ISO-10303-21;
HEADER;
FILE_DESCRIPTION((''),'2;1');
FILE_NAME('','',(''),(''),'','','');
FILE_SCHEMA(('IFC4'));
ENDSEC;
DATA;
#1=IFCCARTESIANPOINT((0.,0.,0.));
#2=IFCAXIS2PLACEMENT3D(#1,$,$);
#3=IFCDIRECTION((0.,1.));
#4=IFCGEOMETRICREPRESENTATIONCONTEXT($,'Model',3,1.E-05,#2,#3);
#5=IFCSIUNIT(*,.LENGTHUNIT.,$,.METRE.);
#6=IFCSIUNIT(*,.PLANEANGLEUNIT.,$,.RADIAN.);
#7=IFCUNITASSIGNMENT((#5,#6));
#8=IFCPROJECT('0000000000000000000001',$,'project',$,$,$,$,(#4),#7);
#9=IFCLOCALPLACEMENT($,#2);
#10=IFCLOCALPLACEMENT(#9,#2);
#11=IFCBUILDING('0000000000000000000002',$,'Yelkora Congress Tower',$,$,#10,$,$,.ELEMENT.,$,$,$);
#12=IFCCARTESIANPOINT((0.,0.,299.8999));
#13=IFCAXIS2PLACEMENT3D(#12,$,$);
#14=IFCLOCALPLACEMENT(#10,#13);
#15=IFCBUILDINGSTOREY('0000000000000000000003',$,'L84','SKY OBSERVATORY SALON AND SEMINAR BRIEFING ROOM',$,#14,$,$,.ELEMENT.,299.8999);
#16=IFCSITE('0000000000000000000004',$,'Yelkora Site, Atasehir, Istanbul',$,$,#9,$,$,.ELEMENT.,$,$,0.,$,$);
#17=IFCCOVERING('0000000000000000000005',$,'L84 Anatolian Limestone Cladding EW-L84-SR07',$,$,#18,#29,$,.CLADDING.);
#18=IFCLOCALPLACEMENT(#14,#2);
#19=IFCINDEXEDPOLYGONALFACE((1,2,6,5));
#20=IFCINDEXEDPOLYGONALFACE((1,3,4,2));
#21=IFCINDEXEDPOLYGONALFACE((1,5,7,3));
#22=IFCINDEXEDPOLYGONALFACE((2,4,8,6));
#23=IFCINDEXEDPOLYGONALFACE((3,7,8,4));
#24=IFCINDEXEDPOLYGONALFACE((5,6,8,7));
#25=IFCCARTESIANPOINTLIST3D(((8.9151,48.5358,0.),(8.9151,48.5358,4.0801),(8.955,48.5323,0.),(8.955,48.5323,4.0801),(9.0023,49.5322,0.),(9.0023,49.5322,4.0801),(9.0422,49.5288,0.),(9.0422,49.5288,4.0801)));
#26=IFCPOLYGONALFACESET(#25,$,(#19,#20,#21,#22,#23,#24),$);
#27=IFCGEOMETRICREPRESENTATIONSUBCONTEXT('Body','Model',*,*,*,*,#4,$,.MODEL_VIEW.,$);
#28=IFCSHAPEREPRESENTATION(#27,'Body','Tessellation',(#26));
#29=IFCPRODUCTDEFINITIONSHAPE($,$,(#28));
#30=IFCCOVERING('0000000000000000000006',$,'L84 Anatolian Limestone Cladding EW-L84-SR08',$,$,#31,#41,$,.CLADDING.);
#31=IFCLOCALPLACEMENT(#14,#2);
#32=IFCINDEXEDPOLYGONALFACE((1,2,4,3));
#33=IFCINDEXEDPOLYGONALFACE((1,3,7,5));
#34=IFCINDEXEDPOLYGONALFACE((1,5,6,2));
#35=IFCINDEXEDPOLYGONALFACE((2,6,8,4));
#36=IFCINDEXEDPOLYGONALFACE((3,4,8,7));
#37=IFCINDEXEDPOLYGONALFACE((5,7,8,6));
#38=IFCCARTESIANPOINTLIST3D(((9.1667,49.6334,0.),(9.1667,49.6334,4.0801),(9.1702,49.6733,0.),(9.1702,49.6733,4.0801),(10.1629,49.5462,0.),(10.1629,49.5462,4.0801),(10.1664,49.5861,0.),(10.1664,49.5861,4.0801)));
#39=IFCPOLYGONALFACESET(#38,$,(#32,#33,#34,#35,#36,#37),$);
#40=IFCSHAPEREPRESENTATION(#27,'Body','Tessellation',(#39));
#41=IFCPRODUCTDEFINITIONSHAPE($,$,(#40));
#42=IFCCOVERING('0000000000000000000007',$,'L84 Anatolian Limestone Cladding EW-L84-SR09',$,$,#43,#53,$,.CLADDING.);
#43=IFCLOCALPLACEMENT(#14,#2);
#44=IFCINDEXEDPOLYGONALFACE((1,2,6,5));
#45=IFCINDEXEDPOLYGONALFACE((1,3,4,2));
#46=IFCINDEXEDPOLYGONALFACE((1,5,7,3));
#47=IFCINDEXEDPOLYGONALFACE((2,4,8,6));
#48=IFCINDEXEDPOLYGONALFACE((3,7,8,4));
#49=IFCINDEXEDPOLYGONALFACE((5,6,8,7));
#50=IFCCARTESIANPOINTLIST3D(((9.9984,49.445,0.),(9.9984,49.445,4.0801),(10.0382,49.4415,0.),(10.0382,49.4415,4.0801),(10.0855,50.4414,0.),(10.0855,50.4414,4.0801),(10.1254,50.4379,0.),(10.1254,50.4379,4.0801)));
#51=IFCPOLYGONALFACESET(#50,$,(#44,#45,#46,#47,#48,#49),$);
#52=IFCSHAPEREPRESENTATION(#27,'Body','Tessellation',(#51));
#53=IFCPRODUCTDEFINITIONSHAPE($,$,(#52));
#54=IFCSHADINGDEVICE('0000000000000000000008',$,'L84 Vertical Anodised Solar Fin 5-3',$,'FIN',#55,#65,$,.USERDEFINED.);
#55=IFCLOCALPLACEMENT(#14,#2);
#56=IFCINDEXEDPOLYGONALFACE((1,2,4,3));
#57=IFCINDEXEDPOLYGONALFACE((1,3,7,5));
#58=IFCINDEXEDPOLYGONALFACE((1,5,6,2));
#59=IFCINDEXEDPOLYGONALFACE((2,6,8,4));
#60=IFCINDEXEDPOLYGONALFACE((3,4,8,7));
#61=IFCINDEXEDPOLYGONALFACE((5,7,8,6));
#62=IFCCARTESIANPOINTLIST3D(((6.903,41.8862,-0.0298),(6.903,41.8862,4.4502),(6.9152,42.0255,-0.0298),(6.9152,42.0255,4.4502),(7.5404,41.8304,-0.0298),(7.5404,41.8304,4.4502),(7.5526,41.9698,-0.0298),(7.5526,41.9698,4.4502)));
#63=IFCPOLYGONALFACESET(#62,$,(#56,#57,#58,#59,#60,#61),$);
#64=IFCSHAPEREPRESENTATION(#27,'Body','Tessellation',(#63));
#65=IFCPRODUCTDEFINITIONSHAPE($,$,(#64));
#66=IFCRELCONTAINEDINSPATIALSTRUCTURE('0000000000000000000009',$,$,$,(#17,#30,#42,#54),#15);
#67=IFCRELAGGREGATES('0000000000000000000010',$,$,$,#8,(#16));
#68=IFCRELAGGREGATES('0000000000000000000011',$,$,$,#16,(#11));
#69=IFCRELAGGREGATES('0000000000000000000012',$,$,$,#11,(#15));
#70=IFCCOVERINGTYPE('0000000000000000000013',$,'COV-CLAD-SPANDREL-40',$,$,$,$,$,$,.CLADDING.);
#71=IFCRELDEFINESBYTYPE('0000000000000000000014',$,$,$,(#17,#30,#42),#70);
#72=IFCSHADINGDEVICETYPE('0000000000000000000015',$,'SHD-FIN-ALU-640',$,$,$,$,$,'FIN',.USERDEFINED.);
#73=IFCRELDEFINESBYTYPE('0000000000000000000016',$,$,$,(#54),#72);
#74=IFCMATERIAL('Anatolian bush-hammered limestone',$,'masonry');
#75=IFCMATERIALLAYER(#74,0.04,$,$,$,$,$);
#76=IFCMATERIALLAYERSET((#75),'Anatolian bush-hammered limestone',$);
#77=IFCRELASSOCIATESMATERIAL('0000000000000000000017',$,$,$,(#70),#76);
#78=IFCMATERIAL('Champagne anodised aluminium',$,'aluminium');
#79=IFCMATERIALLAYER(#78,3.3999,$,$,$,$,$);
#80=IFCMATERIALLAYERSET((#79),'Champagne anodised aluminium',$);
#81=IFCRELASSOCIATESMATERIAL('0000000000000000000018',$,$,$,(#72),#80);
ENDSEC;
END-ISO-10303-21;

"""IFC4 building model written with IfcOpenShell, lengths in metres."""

from ifc_helpers import new_model, si_unit, direction, frame, frame_2d, origin, origin_2d, place, context, subcontext, project, spatial, rectangle, extrude, material, layer, layer_set, type_object, element, save


model = new_model("IFC4")

# Units and contexts
model_context = context("Model", 3, precision=1e-05, world=origin(), true_north=direction((0.0, 1.0)))
body_context = subcontext(model_context, "Body", "Model", "MODEL_VIEW")
ifc_project = project(units=[si_unit("LENGTHUNIT", "METRE"), si_unit("PLANEANGLEUNIT", "RADIAN")], contexts=[model_context])

# Site, building, storey
site_placement = place(None, origin())
site = spatial("IfcSite", under=ifc_project, at=site_placement, Name="Yelkora Site, Atasehir, Istanbul", CompositionType="ELEMENT", RefElevation=0.0)
building_placement = place(site_placement, origin())
building = spatial("IfcBuilding", under=site, at=building_placement, Name="Yelkora Congress Tower", CompositionType="ELEMENT")
storey_placement = place(building_placement, frame((0.0, 0.0, 299.8999)))
storey = spatial("IfcBuildingStorey", under=building, at=storey_placement, Name="L84", Description="SKY OBSERVATORY SALON AND SEMINAR BRIEFING ROOM", CompositionType="ELEMENT", Elevation=299.8999)

# Coverings
ifc_material_1 = material(Name="Anatolian bush-hammered limestone", Category="masonry")
ifc_layer_1 = layer(ifc_material_1, 0.04)
ifc_layer_set_1 = layer_set([ifc_layer_1], Name="Anatolian bush-hammered limestone")
covering_type = type_object("IfcCoveringType", Name="COV-CLAD-SPANDREL-40", PredefinedType="CLADDING", material=ifc_layer_set_1)
for number, where, z_axis, x_axis, name in (
    (1, (8.9351, 48.5342, 0.0), (0.0, 0.0, 1.0), (0.087146, 0.996196, 0.0), "L84 Anatolian Limestone Cladding EW-L84-SR07"),
):
    element("IfcCovering", number, at=place(storey_placement, frame(where, z_axis=z_axis, x_axis=x_axis)), inside=storey, type_object=covering_type, Name=name, PredefinedType="CLADDING", context=body_context, shape_type="SweptSolid", body=[
        extrude(rectangle(XDim=1.0002, YDim=0.04, at=frame_2d((0.5, 0.0))), origin(), (0.0, 0.0, 1.0), 4.0801),
    ])
covering_1_placement = place(storey_placement, frame((9.1685, 49.6533, 0.0), z_axis=(0.0, 0.0, 1.0), x_axis=(0.996194, -0.087167, 0.0)))
element("IfcCovering", 2, at=covering_1_placement, inside=storey, type_object=covering_type, Name="L84 Anatolian Limestone Cladding EW-L84-SR08", PredefinedType="CLADDING", context=body_context, shape_type="SweptSolid", body=[
    extrude(rectangle(XDim=1.0, YDim=0.04, at=frame_2d((0.5, 0.0))), origin(), (0.0, 0.0, 1.0), 4.0801),
])
covering_2_placement = place(storey_placement, frame((10.0183, 49.4434, 0.0), z_axis=(0.0, 0.0, 1.0), x_axis=(0.087146, 0.996196, 0.0)))
element("IfcCovering", 3, at=covering_2_placement, inside=storey, type_object=covering_type, Name="L84 Anatolian Limestone Cladding EW-L84-SR09", PredefinedType="CLADDING", context=body_context, shape_type="SweptSolid", body=[
    extrude(rectangle(XDim=1.0002, YDim=0.04, at=frame_2d((0.5, 0.0))), origin(), (0.0, 0.0, 1.0), 4.0801),
])

# Shading device
ifc_material_2 = material(Name="Champagne anodised aluminium", Category="aluminium")
ifc_layer_2 = layer(ifc_material_2, 3.3999)
ifc_layer_set_2 = layer_set([ifc_layer_2], Name="Champagne anodised aluminium")
shading_device_type = type_object("IfcShadingDeviceType", Name="SHD-FIN-ALU-640", ElementType="FIN", PredefinedType="USERDEFINED", material=ifc_layer_set_2)
shading_device_placement = place(storey_placement, frame((7.2278, 41.928, -0.0298), z_axis=(0.0, 0.0, 1.0), x_axis=(0.087156, 0.996195, 0.0)))
element("IfcShadingDevice", 4, at=shading_device_placement, inside=storey, type_object=shading_device_type, Name="L84 Vertical Anodised Solar Fin 5-3", ObjectType="FIN", PredefinedType="USERDEFINED", context=body_context, shape_type="SweptSolid", body=[
    extrude(rectangle(XDim=0.1399, YDim=0.6399, at=origin_2d()), origin(), (0.0, 0.0, 1.0), 4.48),
])

save(model, "model.ifc")
